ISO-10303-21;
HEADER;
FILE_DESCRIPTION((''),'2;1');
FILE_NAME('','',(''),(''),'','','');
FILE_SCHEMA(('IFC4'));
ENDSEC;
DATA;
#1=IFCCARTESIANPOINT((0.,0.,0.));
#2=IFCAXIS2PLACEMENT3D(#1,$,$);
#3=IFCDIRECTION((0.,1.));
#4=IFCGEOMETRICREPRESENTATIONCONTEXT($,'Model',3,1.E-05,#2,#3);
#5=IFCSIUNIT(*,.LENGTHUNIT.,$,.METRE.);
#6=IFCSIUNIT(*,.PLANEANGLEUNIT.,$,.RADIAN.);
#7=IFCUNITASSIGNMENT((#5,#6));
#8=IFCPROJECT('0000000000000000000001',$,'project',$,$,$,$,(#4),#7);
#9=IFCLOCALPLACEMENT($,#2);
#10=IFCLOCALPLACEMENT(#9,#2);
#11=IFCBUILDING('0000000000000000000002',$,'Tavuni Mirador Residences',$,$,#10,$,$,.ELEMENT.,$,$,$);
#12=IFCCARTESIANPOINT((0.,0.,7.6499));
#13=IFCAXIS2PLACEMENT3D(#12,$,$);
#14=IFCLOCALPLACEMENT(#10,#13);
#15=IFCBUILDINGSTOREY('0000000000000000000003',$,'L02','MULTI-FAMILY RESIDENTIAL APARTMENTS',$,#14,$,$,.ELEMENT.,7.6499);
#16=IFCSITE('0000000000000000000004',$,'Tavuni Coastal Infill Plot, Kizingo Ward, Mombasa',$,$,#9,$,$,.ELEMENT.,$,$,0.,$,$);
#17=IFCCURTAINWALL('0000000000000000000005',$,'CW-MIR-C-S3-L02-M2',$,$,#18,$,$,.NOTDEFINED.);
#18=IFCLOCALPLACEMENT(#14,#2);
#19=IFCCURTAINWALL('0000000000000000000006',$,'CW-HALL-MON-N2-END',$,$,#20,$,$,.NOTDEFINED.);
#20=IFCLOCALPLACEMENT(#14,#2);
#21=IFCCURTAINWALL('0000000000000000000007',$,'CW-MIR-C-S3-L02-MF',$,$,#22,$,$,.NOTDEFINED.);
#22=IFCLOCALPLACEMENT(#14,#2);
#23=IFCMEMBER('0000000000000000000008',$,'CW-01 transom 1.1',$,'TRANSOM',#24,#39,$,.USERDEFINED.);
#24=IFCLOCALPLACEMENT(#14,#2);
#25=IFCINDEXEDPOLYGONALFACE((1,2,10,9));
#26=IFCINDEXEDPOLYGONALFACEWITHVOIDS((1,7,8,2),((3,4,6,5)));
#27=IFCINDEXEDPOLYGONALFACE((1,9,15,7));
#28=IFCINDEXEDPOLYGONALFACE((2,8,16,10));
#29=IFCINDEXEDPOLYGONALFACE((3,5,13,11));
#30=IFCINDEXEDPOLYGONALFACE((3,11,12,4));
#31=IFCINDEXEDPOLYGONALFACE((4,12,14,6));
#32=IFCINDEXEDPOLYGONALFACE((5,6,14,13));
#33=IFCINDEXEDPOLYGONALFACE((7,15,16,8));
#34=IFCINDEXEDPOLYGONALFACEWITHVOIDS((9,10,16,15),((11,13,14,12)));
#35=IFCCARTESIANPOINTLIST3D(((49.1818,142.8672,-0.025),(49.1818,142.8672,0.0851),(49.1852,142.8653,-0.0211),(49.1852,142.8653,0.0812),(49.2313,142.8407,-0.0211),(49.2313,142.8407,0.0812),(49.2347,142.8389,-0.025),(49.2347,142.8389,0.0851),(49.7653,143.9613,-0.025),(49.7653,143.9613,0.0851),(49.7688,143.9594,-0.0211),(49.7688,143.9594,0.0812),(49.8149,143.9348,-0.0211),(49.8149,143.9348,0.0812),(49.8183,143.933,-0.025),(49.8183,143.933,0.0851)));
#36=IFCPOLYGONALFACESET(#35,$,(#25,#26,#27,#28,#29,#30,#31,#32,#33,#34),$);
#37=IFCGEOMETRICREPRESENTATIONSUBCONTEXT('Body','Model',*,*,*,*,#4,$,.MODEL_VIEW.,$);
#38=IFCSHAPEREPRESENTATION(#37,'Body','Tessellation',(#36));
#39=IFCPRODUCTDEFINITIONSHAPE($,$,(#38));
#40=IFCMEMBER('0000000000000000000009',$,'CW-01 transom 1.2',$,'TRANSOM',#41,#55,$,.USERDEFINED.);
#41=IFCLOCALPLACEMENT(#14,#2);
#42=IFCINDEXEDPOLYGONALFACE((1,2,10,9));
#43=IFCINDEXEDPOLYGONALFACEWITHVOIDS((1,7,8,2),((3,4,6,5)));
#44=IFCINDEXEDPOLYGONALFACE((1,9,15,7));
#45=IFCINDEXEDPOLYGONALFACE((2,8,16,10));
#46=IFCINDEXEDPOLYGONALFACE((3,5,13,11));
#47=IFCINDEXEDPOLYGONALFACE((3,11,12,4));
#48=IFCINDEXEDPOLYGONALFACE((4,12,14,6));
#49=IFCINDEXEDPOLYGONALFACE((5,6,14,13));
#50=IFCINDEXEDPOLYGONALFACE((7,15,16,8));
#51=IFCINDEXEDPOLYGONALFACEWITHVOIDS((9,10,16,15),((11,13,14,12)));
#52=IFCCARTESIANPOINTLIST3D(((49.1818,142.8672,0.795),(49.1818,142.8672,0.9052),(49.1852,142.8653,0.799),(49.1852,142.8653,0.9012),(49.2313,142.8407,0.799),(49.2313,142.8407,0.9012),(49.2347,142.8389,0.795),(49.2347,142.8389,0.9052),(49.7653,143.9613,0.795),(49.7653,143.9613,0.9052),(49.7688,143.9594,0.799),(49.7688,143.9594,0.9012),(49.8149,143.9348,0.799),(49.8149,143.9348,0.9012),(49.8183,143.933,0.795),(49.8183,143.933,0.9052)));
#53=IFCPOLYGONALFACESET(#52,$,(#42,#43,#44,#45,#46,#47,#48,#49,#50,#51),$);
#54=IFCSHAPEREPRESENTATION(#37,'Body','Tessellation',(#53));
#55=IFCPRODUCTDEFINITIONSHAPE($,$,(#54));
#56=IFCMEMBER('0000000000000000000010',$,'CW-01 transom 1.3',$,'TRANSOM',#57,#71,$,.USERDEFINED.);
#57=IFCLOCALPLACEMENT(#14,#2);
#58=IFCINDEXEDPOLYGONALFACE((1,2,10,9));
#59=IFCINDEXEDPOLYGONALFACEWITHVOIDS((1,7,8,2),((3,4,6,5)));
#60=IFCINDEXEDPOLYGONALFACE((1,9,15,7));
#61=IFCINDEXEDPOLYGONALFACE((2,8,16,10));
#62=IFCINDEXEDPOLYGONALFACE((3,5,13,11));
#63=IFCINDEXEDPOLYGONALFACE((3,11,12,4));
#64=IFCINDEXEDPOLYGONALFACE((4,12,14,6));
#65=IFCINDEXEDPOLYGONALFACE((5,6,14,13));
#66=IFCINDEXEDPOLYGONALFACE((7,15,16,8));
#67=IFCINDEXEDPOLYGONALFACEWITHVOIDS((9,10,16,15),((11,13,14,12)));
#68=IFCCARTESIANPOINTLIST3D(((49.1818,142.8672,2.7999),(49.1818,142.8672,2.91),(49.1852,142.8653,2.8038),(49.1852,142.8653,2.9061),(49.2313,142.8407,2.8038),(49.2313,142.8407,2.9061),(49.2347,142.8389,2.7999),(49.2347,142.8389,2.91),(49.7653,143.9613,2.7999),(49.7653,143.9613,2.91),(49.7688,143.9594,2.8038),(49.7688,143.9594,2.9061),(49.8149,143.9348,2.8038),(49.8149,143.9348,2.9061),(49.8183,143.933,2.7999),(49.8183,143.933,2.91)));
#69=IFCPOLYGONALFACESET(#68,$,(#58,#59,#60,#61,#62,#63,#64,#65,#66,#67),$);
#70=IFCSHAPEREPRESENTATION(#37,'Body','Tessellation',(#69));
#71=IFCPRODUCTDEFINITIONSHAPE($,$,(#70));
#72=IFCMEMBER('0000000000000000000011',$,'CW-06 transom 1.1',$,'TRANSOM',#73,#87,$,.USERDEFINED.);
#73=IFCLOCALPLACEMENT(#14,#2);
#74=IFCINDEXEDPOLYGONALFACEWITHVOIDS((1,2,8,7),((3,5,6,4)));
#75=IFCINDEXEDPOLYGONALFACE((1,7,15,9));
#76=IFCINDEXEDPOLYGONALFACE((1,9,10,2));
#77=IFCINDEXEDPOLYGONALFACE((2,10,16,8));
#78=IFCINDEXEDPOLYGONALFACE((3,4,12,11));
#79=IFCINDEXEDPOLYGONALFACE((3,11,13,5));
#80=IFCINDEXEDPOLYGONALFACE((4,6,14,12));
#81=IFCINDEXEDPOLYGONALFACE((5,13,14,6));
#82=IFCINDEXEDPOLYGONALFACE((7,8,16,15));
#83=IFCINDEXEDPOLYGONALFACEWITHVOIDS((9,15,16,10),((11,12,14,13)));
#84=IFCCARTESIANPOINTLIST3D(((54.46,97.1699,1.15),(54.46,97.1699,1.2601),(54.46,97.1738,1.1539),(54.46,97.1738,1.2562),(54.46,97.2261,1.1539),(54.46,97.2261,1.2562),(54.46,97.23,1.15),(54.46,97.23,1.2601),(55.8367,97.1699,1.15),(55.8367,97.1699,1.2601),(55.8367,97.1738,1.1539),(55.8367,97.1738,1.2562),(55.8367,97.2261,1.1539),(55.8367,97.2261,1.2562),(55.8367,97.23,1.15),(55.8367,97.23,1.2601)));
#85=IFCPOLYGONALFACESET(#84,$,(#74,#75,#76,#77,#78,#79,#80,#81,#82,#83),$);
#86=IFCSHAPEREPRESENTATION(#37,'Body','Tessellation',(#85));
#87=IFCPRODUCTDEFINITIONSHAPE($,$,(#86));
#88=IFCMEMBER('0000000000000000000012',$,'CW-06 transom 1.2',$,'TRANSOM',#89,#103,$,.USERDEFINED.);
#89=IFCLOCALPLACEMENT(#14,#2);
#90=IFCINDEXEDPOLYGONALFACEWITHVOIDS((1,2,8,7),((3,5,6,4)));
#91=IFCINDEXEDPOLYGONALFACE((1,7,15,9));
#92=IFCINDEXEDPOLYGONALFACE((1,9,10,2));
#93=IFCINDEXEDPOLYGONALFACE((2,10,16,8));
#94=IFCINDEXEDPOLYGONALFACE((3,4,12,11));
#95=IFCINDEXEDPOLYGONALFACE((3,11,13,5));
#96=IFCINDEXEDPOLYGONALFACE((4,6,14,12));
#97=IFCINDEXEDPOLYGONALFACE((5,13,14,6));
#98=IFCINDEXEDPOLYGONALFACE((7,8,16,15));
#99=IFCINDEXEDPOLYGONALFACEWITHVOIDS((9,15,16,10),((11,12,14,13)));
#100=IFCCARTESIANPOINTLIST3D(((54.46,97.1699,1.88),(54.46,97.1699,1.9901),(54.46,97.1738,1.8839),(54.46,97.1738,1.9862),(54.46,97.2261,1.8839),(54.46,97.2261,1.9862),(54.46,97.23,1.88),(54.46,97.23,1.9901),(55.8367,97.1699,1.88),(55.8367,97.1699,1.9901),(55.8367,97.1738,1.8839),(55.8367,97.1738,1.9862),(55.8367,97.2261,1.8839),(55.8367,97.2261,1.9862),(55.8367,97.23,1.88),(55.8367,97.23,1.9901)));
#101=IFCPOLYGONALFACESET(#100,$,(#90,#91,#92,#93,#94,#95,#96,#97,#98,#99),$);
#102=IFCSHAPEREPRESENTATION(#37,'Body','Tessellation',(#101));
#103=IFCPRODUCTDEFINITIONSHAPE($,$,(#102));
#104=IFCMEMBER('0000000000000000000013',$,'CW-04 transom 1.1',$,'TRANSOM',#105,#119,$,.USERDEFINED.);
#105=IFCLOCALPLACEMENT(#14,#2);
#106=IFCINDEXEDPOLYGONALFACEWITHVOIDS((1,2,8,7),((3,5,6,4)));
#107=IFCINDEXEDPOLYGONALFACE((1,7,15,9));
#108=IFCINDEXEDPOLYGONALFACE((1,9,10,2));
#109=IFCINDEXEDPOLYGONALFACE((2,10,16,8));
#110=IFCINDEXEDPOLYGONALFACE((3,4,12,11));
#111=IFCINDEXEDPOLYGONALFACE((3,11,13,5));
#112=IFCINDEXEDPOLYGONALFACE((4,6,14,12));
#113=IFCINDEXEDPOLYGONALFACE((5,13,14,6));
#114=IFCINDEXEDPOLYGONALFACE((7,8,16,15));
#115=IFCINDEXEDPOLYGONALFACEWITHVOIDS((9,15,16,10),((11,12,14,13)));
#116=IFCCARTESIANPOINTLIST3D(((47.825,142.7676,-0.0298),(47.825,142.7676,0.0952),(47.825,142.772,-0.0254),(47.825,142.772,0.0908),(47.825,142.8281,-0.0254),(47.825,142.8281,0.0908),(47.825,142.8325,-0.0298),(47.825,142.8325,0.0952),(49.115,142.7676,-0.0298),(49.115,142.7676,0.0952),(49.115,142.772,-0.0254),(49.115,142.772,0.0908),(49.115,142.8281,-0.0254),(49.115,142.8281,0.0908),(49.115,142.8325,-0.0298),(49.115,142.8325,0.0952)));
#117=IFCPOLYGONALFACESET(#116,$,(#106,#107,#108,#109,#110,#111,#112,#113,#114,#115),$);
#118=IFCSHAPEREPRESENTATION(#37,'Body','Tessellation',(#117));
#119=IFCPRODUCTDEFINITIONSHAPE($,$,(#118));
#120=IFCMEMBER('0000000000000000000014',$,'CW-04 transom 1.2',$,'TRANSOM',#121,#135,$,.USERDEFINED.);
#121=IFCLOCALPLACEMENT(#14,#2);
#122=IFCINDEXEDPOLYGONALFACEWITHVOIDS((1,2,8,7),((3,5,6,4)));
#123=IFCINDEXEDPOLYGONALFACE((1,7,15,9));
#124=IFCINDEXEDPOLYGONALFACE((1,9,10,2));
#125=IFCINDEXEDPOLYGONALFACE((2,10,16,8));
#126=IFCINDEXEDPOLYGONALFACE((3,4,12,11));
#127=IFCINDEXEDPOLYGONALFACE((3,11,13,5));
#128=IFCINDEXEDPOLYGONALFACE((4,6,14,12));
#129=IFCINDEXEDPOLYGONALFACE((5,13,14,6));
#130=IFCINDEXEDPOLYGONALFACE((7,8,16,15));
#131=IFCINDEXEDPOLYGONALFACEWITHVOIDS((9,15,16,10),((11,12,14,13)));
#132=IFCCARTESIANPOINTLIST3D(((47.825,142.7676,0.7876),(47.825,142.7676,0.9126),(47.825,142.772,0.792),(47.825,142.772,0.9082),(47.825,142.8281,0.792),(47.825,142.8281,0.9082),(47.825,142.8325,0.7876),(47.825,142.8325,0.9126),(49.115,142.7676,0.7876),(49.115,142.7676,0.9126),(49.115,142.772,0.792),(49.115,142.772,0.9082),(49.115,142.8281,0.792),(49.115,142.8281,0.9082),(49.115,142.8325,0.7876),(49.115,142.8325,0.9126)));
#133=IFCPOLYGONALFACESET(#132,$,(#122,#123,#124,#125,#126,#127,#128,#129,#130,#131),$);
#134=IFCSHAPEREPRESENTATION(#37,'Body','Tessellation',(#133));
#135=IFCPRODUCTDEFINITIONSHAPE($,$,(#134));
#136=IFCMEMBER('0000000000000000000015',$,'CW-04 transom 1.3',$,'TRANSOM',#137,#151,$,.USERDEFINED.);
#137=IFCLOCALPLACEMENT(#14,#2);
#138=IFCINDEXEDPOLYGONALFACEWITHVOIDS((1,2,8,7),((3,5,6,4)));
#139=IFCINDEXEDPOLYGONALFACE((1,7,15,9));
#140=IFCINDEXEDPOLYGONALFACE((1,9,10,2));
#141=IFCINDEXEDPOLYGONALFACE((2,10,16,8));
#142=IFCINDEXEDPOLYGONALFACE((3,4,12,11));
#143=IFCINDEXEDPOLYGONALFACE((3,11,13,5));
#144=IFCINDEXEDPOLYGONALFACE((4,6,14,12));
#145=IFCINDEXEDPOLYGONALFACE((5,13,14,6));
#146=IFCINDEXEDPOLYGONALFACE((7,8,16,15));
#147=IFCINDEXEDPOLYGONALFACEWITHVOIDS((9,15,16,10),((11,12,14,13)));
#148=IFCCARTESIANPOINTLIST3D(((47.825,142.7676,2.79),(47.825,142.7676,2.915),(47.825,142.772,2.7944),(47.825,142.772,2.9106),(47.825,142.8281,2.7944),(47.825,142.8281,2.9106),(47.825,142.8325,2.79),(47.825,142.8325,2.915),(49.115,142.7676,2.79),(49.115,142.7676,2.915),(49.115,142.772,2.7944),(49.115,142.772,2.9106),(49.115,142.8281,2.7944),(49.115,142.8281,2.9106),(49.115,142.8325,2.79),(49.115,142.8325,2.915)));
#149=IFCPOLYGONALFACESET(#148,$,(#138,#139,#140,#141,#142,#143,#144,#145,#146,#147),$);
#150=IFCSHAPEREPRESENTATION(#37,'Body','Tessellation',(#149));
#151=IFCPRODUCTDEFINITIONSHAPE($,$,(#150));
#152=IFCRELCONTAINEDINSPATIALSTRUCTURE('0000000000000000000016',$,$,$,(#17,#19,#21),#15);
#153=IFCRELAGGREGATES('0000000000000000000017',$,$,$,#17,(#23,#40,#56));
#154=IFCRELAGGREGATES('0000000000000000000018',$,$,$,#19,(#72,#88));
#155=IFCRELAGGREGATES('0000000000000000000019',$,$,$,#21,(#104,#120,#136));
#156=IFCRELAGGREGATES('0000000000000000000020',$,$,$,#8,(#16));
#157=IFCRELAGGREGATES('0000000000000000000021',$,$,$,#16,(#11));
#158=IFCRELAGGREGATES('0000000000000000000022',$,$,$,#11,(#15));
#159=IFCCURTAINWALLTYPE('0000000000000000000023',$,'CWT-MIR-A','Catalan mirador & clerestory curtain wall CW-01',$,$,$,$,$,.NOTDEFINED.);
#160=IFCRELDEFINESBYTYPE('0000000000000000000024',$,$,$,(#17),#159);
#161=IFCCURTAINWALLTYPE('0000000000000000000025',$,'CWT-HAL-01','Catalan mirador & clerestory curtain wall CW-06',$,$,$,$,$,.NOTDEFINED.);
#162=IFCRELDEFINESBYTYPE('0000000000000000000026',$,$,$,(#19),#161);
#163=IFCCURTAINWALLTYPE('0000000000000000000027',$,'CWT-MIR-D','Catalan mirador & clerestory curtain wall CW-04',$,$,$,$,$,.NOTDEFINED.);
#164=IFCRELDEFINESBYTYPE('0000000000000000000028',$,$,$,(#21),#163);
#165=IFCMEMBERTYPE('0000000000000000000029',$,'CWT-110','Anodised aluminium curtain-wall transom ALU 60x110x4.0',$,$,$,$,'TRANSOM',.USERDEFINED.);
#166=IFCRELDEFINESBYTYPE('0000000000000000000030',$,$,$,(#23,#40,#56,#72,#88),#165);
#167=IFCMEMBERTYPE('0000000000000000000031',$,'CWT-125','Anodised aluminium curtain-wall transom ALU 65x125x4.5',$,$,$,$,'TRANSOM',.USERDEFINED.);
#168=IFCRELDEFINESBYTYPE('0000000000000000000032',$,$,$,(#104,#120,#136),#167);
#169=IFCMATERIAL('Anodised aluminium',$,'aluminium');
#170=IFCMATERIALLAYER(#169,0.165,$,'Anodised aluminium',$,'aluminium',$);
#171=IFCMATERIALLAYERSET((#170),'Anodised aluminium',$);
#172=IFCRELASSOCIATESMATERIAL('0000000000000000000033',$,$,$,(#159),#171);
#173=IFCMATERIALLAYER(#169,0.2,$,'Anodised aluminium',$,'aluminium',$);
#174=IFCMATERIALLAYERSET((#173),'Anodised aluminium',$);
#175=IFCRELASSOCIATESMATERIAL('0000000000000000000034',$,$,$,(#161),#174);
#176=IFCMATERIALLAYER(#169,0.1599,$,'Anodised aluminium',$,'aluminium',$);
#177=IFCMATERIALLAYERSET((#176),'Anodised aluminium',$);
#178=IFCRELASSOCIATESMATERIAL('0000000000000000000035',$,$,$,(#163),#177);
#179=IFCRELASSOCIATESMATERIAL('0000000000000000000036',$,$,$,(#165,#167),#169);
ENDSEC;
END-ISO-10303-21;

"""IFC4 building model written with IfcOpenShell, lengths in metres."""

from ifc_helpers import new_model, si_unit, direction, frame, origin, origin_2d, place, context, subcontext, project, spatial, hollow_rectangle, extrude, material, layer, layer_set, material_profile, profile_set, type_object, element, aggregate, save


model = new_model("IFC4")

# Units and contexts
model_context = context("Model", 3, precision=1e-05, world=origin(), true_north=direction((0.0, 1.0)))
body_context = subcontext(model_context, "Body", "Model", "MODEL_VIEW")
ifc_project = project(units=[si_unit("LENGTHUNIT", "METRE"), si_unit("PLANEANGLEUNIT", "RADIAN")], contexts=[model_context])

# Site, building, storey
site_placement = place(None, origin())
site = spatial("IfcSite", under=ifc_project, at=site_placement, Name="Tavuni Coastal Infill Plot, Kizingo Ward, Mombasa", CompositionType="ELEMENT", RefElevation=0.0)
building_placement = place(site_placement, origin())
building = spatial("IfcBuilding", under=site, at=building_placement, Name="Tavuni Mirador Residences", CompositionType="ELEMENT")
storey_placement = place(building_placement, frame((0.0, 0.0, 7.6499)))
storey = spatial("IfcBuildingStorey", under=building, at=storey_placement, Name="L02", Description="MULTI-FAMILY RESIDENTIAL APARTMENTS", CompositionType="ELEMENT", Elevation=7.6499)

# Curtain walls
ifc_material_1 = material(Name="Anodised aluminium", Category="aluminium")
ifc_layer_1 = layer(ifc_material_1, 0.165, Name="Anodised aluminium", Category="aluminium")
ifc_layer_set_1 = layer_set([ifc_layer_1], Name="Anodised aluminium")
curtain_wall_type_1 = type_object("IfcCurtainWallType", Name="CWT-MIR-A", Description="Catalan mirador & clerestory curtain wall CW-01", PredefinedType="NOTDEFINED", material=ifc_layer_set_1)
curtain_wall_1_placement = place(storey_placement, origin())
curtain_wall_1 = element("IfcCurtainWall", 1, at=curtain_wall_1_placement, inside=storey, type_object=curtain_wall_type_1, Name="CW-MIR-C-S3-L02-M2", PredefinedType="NOTDEFINED")
ifc_layer_2 = layer(ifc_material_1, 0.2, Name="Anodised aluminium", Category="aluminium")
ifc_layer_set_2 = layer_set([ifc_layer_2], Name="Anodised aluminium")
curtain_wall_type_2 = type_object("IfcCurtainWallType", Name="CWT-HAL-01", Description="Catalan mirador & clerestory curtain wall CW-06", PredefinedType="NOTDEFINED", material=ifc_layer_set_2)
curtain_wall_2_placement = place(storey_placement, origin())
curtain_wall_2 = element("IfcCurtainWall", 2, at=curtain_wall_2_placement, inside=storey, type_object=curtain_wall_type_2, Name="CW-HALL-MON-N2-END", PredefinedType="NOTDEFINED")

# Curtain wall
ifc_layer_3 = layer(ifc_material_1, 0.1599, Name="Anodised aluminium", Category="aluminium")
ifc_layer_set_3 = layer_set([ifc_layer_3], Name="Anodised aluminium")
curtain_wall_type_3 = type_object("IfcCurtainWallType", Name="CWT-MIR-D", Description="Catalan mirador & clerestory curtain wall CW-04", PredefinedType="NOTDEFINED", material=ifc_layer_set_3)
curtain_wall_3_placement = place(storey_placement, origin())
curtain_wall_3 = element("IfcCurtainWall", 3, at=curtain_wall_3_placement, inside=storey, type_object=curtain_wall_type_3, Name="CW-MIR-C-S3-L02-MF", PredefinedType="NOTDEFINED")

# Members
ifc_material_profile_1 = material_profile(ifc_material_1, hollow_rectangle(XDim=0.0601, YDim=0.1101, WallThickness=0.0039, at=origin_2d()), Name="ALU 60x110x4.0", Category="aluminium")
ifc_profile_set_1 = profile_set([ifc_material_profile_1], Name="Anodised aluminium")
member_type_1 = type_object("IfcMemberType", Name="CWT-110", Description="Anodised aluminium curtain-wall transom ALU 60x110x4.0", ElementType="TRANSOM", PredefinedType="USERDEFINED", material=ifc_profile_set_1)
member_1_placement = place(storey_placement, frame((49.2083, 142.853, 0.03), z_axis=(0.470609, 0.882342, 0.0), x_axis=(-0.882342, 0.470609, 0.0)))
member_1 = element("IfcMember", 4, at=member_1_placement, type_object=member_type_1, Name="CW-01 transom 1.1", ObjectType="TRANSOM", PredefinedType="USERDEFINED", context=body_context, shape_type="SweptSolid", body=[
    extrude(hollow_rectangle(XDim=0.0601, YDim=0.1101, WallThickness=0.0039, at=origin_2d()), origin(), (0.0, 0.0, 1.0), 1.24),
])
member_2_placement = place(storey_placement, frame((49.2083, 142.853, 0.8501), z_axis=(0.470609, 0.882342, 0.0), x_axis=(-0.882342, 0.470609, 0.0)))
member_2 = element("IfcMember", 5, at=member_2_placement, type_object=member_type_1, Name="CW-01 transom 1.2", ObjectType="TRANSOM", PredefinedType="USERDEFINED", context=body_context, shape_type="SweptSolid", body=[
    extrude(hollow_rectangle(XDim=0.0601, YDim=0.1101, WallThickness=0.0039, at=origin_2d()), origin(), (0.0, 0.0, 1.0), 1.24),
])
member_3_placement = place(storey_placement, frame((49.2083, 142.853, 2.855), z_axis=(0.470609, 0.882342, 0.0), x_axis=(-0.882342, 0.470609, 0.0)))
member_3 = element("IfcMember", 6, at=member_3_placement, type_object=member_type_1, Name="CW-01 transom 1.3", ObjectType="TRANSOM", PredefinedType="USERDEFINED", context=body_context, shape_type="SweptSolid", body=[
    extrude(hollow_rectangle(XDim=0.0601, YDim=0.1101, WallThickness=0.0039, at=origin_2d()), origin(), (0.0, 0.0, 1.0), 1.24),
])
aggregate(curtain_wall_1, [member_1, member_2, member_3])
member_4_placement = place(storey_placement, frame((54.46, 97.2, 1.2051), z_axis=(1.0, 0.0, 0.0), x_axis=(0.0, 1.0, 0.0)))
member_4 = element("IfcMember", 7, at=member_4_placement, type_object=member_type_1, Name="CW-06 transom 1.1", ObjectType="TRANSOM", PredefinedType="USERDEFINED", context=body_context, shape_type="SweptSolid", body=[
    extrude(hollow_rectangle(XDim=0.0601, YDim=0.1101, WallThickness=0.0039, at=origin_2d()), origin(), (0.0, 0.0, 1.0), 1.3767),
])
member_5_placement = place(storey_placement, frame((54.46, 97.2, 1.9351), z_axis=(1.0, 0.0, 0.0), x_axis=(0.0, 1.0, 0.0)))
member_5 = element("IfcMember", 8, at=member_5_placement, type_object=member_type_1, Name="CW-06 transom 1.2", ObjectType="TRANSOM", PredefinedType="USERDEFINED", context=body_context, shape_type="SweptSolid", body=[
    extrude(hollow_rectangle(XDim=0.0601, YDim=0.1101, WallThickness=0.0039, at=origin_2d()), origin(), (0.0, 0.0, 1.0), 1.3767),
])
aggregate(curtain_wall_2, [member_4, member_5])
ifc_material_profile_2 = material_profile(ifc_material_1, hollow_rectangle(XDim=0.0649, YDim=0.125, WallThickness=0.0044, at=origin_2d()), Name="ALU 65x125x4.5", Category="aluminium")
ifc_profile_set_2 = profile_set([ifc_material_profile_2], Name="Anodised aluminium")
member_type_2 = type_object("IfcMemberType", Name="CWT-125", Description="Anodised aluminium curtain-wall transom ALU 65x125x4.5", ElementType="TRANSOM", PredefinedType="USERDEFINED", material=ifc_profile_set_2)
member_6_placement = place(storey_placement, frame((47.825, 142.8, 0.0327), z_axis=(1.0, 0.0, 0.0), x_axis=(0.0, 1.0, 0.0)))
member_6 = element("IfcMember", 9, at=member_6_placement, type_object=member_type_2, Name="CW-04 transom 1.1", ObjectType="TRANSOM", PredefinedType="USERDEFINED", context=body_context, shape_type="SweptSolid", body=[
    extrude(hollow_rectangle(XDim=0.0649, YDim=0.125, WallThickness=0.0044, at=origin_2d()), origin(), (0.0, 0.0, 1.0), 1.29),
])
member_7_placement = place(storey_placement, frame((47.825, 142.8, 0.8501), z_axis=(1.0, 0.0, 0.0), x_axis=(0.0, 1.0, 0.0)))
member_7 = element("IfcMember", 10, at=member_7_placement, type_object=member_type_2, Name="CW-04 transom 1.2", ObjectType="TRANSOM", PredefinedType="USERDEFINED", context=body_context, shape_type="SweptSolid", body=[
    extrude(hollow_rectangle(XDim=0.0649, YDim=0.125, WallThickness=0.0044, at=origin_2d()), origin(), (0.0, 0.0, 1.0), 1.29),
])
member_8_placement = place(storey_placement, frame((47.825, 142.8, 2.8525), z_axis=(1.0, 0.0, 0.0), x_axis=(0.0, 1.0, 0.0)))
member_8 = element("IfcMember", 11, at=member_8_placement, type_object=member_type_2, Name="CW-04 transom 1.3", ObjectType="TRANSOM", PredefinedType="USERDEFINED", context=body_context, shape_type="SweptSolid", body=[
    extrude(hollow_rectangle(XDim=0.0649, YDim=0.125, WallThickness=0.0044, at=origin_2d()), origin(), (0.0, 0.0, 1.0), 1.29),
])

aggregate(curtain_wall_3, [member_6, member_7, member_8])

save(model, "model.ifc")
